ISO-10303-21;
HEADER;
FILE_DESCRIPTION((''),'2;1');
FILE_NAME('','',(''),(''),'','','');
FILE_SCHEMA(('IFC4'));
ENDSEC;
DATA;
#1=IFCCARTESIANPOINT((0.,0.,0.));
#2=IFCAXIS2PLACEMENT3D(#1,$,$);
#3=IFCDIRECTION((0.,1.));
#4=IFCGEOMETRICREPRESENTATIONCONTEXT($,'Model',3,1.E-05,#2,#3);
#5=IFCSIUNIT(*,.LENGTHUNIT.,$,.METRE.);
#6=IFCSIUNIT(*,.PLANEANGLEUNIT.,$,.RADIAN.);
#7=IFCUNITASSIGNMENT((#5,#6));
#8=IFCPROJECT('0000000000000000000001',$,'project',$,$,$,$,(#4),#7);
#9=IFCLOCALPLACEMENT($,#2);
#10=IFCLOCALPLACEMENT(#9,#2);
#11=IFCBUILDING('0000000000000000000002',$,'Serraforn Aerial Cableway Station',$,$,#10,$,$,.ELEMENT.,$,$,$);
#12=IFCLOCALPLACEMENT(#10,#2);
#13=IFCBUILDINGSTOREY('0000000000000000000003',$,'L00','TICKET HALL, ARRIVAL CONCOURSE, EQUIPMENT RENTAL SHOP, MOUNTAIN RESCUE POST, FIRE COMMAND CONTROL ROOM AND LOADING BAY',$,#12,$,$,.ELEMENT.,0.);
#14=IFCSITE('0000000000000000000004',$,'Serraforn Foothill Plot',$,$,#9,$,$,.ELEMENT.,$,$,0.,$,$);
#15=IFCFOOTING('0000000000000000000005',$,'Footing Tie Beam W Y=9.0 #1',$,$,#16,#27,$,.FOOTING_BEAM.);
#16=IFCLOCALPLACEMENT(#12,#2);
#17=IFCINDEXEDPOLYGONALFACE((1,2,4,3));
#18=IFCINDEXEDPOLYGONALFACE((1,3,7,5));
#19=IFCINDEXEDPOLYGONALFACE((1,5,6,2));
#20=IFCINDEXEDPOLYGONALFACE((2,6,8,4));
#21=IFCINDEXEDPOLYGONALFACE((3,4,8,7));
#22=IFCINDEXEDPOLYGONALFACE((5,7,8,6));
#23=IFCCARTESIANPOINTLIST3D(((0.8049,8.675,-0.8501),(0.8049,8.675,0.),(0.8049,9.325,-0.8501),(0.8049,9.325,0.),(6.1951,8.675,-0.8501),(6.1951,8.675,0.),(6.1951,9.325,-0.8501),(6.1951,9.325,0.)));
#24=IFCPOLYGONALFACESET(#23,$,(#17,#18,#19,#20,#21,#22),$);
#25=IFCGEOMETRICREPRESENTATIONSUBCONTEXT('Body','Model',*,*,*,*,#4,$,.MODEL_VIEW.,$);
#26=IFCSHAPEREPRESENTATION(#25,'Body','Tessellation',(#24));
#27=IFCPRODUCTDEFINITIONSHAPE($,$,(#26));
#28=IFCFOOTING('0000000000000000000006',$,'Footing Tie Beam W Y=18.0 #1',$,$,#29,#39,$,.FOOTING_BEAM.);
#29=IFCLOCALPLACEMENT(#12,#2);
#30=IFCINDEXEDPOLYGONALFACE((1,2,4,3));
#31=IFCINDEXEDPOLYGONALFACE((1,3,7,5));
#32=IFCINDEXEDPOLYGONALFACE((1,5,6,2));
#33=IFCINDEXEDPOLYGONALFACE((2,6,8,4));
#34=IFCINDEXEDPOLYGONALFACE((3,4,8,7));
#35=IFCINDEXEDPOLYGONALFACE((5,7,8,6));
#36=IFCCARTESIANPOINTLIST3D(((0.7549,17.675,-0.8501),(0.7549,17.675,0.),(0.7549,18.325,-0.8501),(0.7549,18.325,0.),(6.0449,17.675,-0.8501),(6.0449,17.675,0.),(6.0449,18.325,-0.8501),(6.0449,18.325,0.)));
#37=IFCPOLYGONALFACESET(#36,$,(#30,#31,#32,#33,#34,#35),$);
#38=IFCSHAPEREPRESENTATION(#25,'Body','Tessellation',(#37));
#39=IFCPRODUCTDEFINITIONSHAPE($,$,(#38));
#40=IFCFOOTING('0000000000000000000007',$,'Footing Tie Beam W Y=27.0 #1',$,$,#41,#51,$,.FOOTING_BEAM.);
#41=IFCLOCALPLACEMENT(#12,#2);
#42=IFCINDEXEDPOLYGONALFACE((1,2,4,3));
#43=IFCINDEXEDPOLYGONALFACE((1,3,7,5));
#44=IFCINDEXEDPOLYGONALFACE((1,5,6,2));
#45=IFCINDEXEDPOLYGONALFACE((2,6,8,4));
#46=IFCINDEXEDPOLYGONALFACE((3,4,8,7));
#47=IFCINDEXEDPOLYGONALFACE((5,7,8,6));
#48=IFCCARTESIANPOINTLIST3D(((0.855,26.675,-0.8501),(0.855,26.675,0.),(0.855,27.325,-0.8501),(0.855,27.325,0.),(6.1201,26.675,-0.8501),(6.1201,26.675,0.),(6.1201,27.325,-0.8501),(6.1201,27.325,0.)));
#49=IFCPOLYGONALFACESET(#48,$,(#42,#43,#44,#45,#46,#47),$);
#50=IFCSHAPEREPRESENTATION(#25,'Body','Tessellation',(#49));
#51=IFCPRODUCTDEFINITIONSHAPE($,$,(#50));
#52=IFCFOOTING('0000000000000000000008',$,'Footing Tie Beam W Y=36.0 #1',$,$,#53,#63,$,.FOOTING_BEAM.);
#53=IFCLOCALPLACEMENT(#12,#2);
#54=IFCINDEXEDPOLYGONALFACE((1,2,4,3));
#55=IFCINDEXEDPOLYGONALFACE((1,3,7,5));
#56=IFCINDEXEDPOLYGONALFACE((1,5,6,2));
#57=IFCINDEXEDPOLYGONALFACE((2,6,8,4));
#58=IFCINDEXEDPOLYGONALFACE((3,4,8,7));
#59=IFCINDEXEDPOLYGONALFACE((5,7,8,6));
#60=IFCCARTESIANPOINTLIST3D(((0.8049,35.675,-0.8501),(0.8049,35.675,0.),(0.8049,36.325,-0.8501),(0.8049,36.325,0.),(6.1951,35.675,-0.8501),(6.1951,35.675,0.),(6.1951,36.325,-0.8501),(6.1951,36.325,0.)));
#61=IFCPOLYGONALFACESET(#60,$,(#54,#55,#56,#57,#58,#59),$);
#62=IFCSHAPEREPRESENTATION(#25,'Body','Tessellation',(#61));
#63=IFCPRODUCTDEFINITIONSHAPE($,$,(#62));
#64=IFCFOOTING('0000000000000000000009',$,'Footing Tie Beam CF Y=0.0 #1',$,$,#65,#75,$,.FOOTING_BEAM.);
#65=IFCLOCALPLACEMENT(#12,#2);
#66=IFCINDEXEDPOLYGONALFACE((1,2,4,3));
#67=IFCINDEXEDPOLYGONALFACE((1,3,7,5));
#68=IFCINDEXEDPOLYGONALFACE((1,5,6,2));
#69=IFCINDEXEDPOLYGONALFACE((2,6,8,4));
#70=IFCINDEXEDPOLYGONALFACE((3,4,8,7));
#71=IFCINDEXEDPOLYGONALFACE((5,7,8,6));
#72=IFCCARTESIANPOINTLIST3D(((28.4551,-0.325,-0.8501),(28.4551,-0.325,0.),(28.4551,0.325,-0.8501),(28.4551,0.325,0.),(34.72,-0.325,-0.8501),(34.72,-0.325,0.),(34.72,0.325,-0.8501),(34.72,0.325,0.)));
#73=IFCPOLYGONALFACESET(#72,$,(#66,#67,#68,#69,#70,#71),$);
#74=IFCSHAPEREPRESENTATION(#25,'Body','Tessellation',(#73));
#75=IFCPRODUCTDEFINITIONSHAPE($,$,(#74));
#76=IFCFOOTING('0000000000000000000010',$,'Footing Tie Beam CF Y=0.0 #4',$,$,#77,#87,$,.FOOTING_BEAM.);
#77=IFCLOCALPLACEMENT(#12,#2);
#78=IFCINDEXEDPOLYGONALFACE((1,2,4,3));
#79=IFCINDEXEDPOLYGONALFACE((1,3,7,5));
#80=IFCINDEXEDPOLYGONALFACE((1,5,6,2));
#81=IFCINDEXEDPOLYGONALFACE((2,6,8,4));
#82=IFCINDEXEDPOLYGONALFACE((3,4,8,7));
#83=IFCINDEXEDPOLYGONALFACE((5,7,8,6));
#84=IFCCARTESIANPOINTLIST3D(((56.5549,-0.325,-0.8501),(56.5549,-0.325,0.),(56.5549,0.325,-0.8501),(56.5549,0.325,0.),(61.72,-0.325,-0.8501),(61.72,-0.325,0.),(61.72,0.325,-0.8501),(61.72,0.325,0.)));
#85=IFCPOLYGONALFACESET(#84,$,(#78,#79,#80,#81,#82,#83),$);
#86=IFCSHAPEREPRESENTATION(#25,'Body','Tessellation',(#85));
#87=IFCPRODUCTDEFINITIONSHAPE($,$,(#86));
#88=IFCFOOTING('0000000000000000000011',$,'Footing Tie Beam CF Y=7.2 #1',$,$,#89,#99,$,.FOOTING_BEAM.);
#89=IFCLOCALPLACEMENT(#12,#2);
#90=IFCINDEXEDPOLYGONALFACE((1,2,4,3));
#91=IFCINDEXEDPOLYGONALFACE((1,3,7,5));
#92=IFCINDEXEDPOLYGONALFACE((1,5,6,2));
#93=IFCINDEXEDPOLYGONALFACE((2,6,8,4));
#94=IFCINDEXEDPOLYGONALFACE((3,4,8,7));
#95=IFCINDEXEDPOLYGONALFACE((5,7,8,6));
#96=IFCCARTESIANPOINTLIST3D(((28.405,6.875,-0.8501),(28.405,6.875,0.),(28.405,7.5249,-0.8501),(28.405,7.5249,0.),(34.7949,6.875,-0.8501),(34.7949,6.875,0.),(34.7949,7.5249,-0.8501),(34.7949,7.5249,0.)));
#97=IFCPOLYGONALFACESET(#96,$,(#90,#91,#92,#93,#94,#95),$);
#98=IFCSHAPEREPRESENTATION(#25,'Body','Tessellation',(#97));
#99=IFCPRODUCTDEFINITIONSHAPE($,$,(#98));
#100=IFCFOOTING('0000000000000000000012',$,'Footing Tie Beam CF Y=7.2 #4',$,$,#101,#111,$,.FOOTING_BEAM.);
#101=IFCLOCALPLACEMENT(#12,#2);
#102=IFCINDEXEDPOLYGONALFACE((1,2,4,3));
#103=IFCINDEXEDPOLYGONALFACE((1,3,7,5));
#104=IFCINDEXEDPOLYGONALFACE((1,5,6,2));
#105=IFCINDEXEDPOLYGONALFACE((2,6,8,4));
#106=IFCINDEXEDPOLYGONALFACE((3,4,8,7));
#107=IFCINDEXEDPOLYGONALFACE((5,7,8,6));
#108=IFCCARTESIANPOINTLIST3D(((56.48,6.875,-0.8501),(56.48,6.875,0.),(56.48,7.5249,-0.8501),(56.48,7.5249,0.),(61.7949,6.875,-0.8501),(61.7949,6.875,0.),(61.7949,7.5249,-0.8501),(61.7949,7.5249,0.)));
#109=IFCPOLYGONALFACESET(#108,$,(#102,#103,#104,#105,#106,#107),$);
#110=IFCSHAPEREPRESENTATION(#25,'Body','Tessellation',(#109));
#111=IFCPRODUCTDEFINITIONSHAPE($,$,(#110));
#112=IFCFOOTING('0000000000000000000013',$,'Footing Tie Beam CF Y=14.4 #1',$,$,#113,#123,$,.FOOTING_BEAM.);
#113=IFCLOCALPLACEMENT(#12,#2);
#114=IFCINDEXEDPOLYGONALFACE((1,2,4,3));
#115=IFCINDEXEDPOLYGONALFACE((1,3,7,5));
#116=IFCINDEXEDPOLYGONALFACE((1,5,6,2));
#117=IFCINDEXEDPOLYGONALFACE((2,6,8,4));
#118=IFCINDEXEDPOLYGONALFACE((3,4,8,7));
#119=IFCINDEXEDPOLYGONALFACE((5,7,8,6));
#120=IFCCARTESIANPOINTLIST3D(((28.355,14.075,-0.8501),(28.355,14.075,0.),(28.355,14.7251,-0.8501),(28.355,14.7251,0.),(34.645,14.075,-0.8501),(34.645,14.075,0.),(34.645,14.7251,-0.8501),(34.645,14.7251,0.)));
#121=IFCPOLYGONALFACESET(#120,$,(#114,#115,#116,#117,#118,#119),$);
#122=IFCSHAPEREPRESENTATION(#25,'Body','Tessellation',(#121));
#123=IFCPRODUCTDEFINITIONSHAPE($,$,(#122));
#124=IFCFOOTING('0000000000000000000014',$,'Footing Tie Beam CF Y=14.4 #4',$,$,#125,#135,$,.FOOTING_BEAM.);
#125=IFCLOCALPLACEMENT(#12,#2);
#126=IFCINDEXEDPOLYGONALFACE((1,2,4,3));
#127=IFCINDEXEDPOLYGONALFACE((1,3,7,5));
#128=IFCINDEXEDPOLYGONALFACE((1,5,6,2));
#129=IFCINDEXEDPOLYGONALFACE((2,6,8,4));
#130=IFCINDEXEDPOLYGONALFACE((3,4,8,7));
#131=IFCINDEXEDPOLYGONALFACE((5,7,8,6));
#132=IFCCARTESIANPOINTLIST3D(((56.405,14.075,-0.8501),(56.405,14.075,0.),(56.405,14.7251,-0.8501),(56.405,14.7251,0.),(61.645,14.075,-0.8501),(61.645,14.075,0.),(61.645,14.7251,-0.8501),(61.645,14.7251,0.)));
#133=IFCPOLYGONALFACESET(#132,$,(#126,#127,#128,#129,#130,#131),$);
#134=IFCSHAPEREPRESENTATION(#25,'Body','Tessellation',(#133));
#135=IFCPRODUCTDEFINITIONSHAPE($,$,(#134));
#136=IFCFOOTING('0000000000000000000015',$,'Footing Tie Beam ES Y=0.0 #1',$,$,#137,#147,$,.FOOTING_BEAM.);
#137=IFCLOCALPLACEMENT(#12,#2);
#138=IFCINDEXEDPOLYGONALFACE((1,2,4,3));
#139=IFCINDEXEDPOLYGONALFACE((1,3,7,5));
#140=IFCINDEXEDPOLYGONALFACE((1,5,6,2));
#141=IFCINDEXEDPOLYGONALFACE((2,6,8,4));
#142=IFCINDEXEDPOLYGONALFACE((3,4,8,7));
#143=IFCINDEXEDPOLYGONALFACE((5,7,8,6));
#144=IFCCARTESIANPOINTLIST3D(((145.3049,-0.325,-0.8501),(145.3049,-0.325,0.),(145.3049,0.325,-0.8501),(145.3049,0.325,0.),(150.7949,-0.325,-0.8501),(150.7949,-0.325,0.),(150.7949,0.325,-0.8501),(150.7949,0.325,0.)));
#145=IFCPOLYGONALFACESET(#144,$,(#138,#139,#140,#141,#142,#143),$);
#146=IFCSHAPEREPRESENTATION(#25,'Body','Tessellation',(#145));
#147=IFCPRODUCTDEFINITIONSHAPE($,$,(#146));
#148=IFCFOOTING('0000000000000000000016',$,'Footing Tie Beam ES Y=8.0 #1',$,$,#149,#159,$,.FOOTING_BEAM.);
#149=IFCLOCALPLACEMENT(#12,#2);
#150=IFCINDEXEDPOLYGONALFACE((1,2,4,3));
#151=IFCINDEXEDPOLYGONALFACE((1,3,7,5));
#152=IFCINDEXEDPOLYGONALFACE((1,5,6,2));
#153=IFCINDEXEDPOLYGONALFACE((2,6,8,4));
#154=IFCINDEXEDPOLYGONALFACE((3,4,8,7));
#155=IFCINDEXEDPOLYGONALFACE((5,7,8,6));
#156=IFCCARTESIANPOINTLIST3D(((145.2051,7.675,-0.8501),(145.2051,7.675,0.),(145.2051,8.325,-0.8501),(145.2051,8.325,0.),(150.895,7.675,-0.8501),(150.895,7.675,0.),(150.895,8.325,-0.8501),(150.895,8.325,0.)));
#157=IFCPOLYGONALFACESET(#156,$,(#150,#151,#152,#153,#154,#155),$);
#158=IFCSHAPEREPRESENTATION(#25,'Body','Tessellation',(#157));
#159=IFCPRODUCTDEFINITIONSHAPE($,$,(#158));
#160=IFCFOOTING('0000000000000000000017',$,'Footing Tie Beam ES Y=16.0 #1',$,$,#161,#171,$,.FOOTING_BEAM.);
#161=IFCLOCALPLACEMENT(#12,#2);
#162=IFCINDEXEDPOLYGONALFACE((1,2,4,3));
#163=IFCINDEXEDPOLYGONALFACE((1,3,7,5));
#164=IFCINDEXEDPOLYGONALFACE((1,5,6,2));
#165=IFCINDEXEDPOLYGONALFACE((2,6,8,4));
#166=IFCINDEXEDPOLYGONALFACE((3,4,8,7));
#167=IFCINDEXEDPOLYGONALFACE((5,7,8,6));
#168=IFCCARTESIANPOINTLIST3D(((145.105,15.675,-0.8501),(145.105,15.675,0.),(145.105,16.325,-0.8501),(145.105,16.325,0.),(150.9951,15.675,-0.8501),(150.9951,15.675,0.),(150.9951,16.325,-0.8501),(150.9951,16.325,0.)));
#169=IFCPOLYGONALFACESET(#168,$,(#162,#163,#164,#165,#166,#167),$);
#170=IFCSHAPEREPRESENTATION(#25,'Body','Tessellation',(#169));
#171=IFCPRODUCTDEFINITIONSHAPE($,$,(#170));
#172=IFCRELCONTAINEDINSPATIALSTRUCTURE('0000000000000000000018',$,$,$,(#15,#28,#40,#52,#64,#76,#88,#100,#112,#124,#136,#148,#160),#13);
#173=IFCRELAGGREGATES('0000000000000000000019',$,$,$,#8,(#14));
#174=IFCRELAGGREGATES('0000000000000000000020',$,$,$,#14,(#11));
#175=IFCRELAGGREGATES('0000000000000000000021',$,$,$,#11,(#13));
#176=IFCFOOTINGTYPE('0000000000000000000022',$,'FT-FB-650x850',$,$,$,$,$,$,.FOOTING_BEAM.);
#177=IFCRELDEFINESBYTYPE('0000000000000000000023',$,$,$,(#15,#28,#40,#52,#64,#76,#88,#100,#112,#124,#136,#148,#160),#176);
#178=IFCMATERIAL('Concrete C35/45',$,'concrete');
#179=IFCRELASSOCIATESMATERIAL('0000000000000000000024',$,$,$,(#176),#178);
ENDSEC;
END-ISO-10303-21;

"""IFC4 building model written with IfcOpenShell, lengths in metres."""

from ifc_helpers import new_model, si_unit, direction, frame, origin, place, context, subcontext, project, spatial, polyline, outline, extrude, material, type_object, element, save


model = new_model("IFC4")

# Units and contexts
model_context = context("Model", 3, precision=1e-05, world=origin(), true_north=direction((0.0, 1.0)))
body_context = subcontext(model_context, "Body", "Model", "MODEL_VIEW")
ifc_project = project(units=[si_unit("LENGTHUNIT", "METRE"), si_unit("PLANEANGLEUNIT", "RADIAN")], contexts=[model_context])

# Site, building, storey
site_placement = place(None, origin())
site = spatial("IfcSite", under=ifc_project, at=site_placement, Name="Serraforn Foothill Plot", CompositionType="ELEMENT", RefElevation=0.0)
building_placement = place(site_placement, origin())
building = spatial("IfcBuilding", under=site, at=building_placement, Name="Serraforn Aerial Cableway Station", CompositionType="ELEMENT")
storey_placement = place(building_placement, origin())
storey = spatial("IfcBuildingStorey", under=building, at=storey_placement, Name="L00", Description="TICKET HALL, ARRIVAL CONCOURSE, EQUIPMENT RENTAL SHOP, MOUNTAIN RESCUE POST, FIRE COMMAND CONTROL ROOM AND LOADING BAY", CompositionType="ELEMENT", Elevation=0.0)

# Footings
ifc_material = material(Name="Concrete C35/45", Category="concrete")
footing_type_1 = type_object("IfcFootingType", Name="FT-FB-650x850", PredefinedType="FOOTING_BEAM", material=ifc_material)
footing_1_placement = place(storey_placement, frame((0.0, 0.0, -0.8501)))
element("IfcFooting", 1, at=footing_1_placement, inside=storey, type_object=footing_type_1, Name="Footing Tie Beam W Y=9.0 #1", PredefinedType="FOOTING_BEAM", context=body_context, shape_type="SweptSolid", body=[
    extrude(outline(polyline([(6.1951, 9.325), (6.1951, 8.675), (0.8049, 8.675), (0.8049, 9.325), (6.1951, 9.325)])), origin(), (0.0, 0.0, 1.0), 0.8501),
])
footing_2_placement = place(storey_placement, frame((0.0, 0.0, -0.8501)))
element("IfcFooting", 2, at=footing_2_placement, inside=storey, type_object=footing_type_1, Name="Footing Tie Beam W Y=18.0 #1", PredefinedType="FOOTING_BEAM", context=body_context, shape_type="SweptSolid", body=[
    extrude(outline(polyline([(6.0449, 18.325), (6.0449, 17.675), (0.7549, 17.675), (0.7549, 18.325), (6.0449, 18.325)])), origin(), (0.0, 0.0, 1.0), 0.8501),
])
footing_3_placement = place(storey_placement, frame((0.0, 0.0, -0.8501)))
element("IfcFooting", 3, at=footing_3_placement, inside=storey, type_object=footing_type_1, Name="Footing Tie Beam W Y=27.0 #1", PredefinedType="FOOTING_BEAM", context=body_context, shape_type="SweptSolid", body=[
    extrude(outline(polyline([(6.1201, 27.325), (6.1201, 26.675), (0.855, 26.675), (0.855, 27.325), (6.1201, 27.325)])), origin(), (0.0, 0.0, 1.0), 0.8501),
])
footing_4_placement = place(storey_placement, frame((0.0, 0.0, -0.8501)))
element("IfcFooting", 4, at=footing_4_placement, inside=storey, type_object=footing_type_1, Name="Footing Tie Beam W Y=36.0 #1", PredefinedType="FOOTING_BEAM", context=body_context, shape_type="SweptSolid", body=[
    extrude(outline(polyline([(6.1951, 36.325), (6.1951, 35.675), (0.8049, 35.675), (0.8049, 36.325), (6.1951, 36.325)])), origin(), (0.0, 0.0, 1.0), 0.8501),
])
footing_5_placement = place(storey_placement, frame((0.0, 0.0, -0.8501)))
element("IfcFooting", 5, at=footing_5_placement, inside=storey, type_object=footing_type_1, Name="Footing Tie Beam CF Y=0.0 #1", PredefinedType="FOOTING_BEAM", context=body_context, shape_type="SweptSolid", body=[
    extrude(outline(polyline([(34.72, 0.325), (34.72, -0.325), (28.4551, -0.325), (28.4551, 0.325), (34.72, 0.325)])), origin(), (0.0, 0.0, 1.0), 0.8501),
])
footing_6_placement = place(storey_placement, frame((0.0, 0.0, -0.8501)))
element("IfcFooting", 6, at=footing_6_placement, inside=storey, type_object=footing_type_1, Name="Footing Tie Beam CF Y=0.0 #4", PredefinedType="FOOTING_BEAM", context=body_context, shape_type="SweptSolid", body=[
    extrude(outline(polyline([(61.72, 0.325), (61.72, -0.325), (56.5549, -0.325), (56.5549, 0.325), (61.72, 0.325)])), origin(), (0.0, 0.0, 1.0), 0.8501),
])
footing_7_placement = place(storey_placement, frame((0.0, 0.0, -0.8501)))
element("IfcFooting", 7, at=footing_7_placement, inside=storey, type_object=footing_type_1, Name="Footing Tie Beam CF Y=7.2 #1", PredefinedType="FOOTING_BEAM", context=body_context, shape_type="SweptSolid", body=[
    extrude(outline(polyline([(34.7949, 7.5249), (34.7949, 6.875), (28.405, 6.875), (28.405, 7.5249), (34.7949, 7.5249)])), origin(), (0.0, 0.0, 1.0), 0.8501),
])
footing_8_placement = place(storey_placement, frame((0.0, 0.0, -0.8501)))
element("IfcFooting", 8, at=footing_8_placement, inside=storey, type_object=footing_type_1, Name="Footing Tie Beam CF Y=7.2 #4", PredefinedType="FOOTING_BEAM", context=body_context, shape_type="SweptSolid", body=[
    extrude(outline(polyline([(61.7949, 7.5249), (61.7949, 6.875), (56.48, 6.875), (56.48, 7.5249), (61.7949, 7.5249)])), origin(), (0.0, 0.0, 1.0), 0.8501),
])
footing_9_placement = place(storey_placement, frame((0.0, 0.0, -0.8501)))
element("IfcFooting", 9, at=footing_9_placement, inside=storey, type_object=footing_type_1, Name="Footing Tie Beam CF Y=14.4 #1", PredefinedType="FOOTING_BEAM", context=body_context, shape_type="SweptSolid", body=[
    extrude(outline(polyline([(34.645, 14.7251), (34.645, 14.075), (28.355, 14.075), (28.355, 14.7251), (34.645, 14.7251)])), origin(), (0.0, 0.0, 1.0), 0.8501),
])
footing_10_placement = place(storey_placement, frame((0.0, 0.0, -0.8501)))
element("IfcFooting", 10, at=footing_10_placement, inside=storey, type_object=footing_type_1, Name="Footing Tie Beam CF Y=14.4 #4", PredefinedType="FOOTING_BEAM", context=body_context, shape_type="SweptSolid", body=[
    extrude(outline(polyline([(61.645, 14.7251), (61.645, 14.075), (56.405, 14.075), (56.405, 14.7251), (61.645, 14.7251)])), origin(), (0.0, 0.0, 1.0), 0.8501),
])
footing_11_placement = place(storey_placement, frame((0.0, 0.0, -0.8501)))
element("IfcFooting", 11, at=footing_11_placement, inside=storey, type_object=footing_type_1, Name="Footing Tie Beam ES Y=0.0 #1", PredefinedType="FOOTING_BEAM", context=body_context, shape_type="SweptSolid", body=[
    extrude(outline(polyline([(150.7949, 0.325), (150.7949, -0.325), (145.3049, -0.325), (145.3049, 0.325), (150.7949, 0.325)])), origin(), (0.0, 0.0, 1.0), 0.8501),
])
footing_12_placement = place(storey_placement, frame((0.0, 0.0, -0.8501)))
element("IfcFooting", 12, at=footing_12_placement, inside=storey, type_object=footing_type_1, Name="Footing Tie Beam ES Y=8.0 #1", PredefinedType="FOOTING_BEAM", context=body_context, shape_type="SweptSolid", body=[
    extrude(outline(polyline([(150.895, 8.325), (150.895, 7.675), (145.2051, 7.675), (145.2051, 8.325), (150.895, 8.325)])), origin(), (0.0, 0.0, 1.0), 0.8501),
])
footing_13_placement = place(storey_placement, frame((0.0, 0.0, -0.8501)))
element("IfcFooting", 13, at=footing_13_placement, inside=storey, type_object=footing_type_1, Name="Footing Tie Beam ES Y=16.0 #1", PredefinedType="FOOTING_BEAM", context=body_context, shape_type="SweptSolid", body=[
    extrude(outline(polyline([(150.9951, 16.325), (150.9951, 15.675), (145.105, 15.675), (145.105, 16.325), (150.9951, 16.325)])), origin(), (0.0, 0.0, 1.0), 0.8501),
])

save(model, "model.ifc")
